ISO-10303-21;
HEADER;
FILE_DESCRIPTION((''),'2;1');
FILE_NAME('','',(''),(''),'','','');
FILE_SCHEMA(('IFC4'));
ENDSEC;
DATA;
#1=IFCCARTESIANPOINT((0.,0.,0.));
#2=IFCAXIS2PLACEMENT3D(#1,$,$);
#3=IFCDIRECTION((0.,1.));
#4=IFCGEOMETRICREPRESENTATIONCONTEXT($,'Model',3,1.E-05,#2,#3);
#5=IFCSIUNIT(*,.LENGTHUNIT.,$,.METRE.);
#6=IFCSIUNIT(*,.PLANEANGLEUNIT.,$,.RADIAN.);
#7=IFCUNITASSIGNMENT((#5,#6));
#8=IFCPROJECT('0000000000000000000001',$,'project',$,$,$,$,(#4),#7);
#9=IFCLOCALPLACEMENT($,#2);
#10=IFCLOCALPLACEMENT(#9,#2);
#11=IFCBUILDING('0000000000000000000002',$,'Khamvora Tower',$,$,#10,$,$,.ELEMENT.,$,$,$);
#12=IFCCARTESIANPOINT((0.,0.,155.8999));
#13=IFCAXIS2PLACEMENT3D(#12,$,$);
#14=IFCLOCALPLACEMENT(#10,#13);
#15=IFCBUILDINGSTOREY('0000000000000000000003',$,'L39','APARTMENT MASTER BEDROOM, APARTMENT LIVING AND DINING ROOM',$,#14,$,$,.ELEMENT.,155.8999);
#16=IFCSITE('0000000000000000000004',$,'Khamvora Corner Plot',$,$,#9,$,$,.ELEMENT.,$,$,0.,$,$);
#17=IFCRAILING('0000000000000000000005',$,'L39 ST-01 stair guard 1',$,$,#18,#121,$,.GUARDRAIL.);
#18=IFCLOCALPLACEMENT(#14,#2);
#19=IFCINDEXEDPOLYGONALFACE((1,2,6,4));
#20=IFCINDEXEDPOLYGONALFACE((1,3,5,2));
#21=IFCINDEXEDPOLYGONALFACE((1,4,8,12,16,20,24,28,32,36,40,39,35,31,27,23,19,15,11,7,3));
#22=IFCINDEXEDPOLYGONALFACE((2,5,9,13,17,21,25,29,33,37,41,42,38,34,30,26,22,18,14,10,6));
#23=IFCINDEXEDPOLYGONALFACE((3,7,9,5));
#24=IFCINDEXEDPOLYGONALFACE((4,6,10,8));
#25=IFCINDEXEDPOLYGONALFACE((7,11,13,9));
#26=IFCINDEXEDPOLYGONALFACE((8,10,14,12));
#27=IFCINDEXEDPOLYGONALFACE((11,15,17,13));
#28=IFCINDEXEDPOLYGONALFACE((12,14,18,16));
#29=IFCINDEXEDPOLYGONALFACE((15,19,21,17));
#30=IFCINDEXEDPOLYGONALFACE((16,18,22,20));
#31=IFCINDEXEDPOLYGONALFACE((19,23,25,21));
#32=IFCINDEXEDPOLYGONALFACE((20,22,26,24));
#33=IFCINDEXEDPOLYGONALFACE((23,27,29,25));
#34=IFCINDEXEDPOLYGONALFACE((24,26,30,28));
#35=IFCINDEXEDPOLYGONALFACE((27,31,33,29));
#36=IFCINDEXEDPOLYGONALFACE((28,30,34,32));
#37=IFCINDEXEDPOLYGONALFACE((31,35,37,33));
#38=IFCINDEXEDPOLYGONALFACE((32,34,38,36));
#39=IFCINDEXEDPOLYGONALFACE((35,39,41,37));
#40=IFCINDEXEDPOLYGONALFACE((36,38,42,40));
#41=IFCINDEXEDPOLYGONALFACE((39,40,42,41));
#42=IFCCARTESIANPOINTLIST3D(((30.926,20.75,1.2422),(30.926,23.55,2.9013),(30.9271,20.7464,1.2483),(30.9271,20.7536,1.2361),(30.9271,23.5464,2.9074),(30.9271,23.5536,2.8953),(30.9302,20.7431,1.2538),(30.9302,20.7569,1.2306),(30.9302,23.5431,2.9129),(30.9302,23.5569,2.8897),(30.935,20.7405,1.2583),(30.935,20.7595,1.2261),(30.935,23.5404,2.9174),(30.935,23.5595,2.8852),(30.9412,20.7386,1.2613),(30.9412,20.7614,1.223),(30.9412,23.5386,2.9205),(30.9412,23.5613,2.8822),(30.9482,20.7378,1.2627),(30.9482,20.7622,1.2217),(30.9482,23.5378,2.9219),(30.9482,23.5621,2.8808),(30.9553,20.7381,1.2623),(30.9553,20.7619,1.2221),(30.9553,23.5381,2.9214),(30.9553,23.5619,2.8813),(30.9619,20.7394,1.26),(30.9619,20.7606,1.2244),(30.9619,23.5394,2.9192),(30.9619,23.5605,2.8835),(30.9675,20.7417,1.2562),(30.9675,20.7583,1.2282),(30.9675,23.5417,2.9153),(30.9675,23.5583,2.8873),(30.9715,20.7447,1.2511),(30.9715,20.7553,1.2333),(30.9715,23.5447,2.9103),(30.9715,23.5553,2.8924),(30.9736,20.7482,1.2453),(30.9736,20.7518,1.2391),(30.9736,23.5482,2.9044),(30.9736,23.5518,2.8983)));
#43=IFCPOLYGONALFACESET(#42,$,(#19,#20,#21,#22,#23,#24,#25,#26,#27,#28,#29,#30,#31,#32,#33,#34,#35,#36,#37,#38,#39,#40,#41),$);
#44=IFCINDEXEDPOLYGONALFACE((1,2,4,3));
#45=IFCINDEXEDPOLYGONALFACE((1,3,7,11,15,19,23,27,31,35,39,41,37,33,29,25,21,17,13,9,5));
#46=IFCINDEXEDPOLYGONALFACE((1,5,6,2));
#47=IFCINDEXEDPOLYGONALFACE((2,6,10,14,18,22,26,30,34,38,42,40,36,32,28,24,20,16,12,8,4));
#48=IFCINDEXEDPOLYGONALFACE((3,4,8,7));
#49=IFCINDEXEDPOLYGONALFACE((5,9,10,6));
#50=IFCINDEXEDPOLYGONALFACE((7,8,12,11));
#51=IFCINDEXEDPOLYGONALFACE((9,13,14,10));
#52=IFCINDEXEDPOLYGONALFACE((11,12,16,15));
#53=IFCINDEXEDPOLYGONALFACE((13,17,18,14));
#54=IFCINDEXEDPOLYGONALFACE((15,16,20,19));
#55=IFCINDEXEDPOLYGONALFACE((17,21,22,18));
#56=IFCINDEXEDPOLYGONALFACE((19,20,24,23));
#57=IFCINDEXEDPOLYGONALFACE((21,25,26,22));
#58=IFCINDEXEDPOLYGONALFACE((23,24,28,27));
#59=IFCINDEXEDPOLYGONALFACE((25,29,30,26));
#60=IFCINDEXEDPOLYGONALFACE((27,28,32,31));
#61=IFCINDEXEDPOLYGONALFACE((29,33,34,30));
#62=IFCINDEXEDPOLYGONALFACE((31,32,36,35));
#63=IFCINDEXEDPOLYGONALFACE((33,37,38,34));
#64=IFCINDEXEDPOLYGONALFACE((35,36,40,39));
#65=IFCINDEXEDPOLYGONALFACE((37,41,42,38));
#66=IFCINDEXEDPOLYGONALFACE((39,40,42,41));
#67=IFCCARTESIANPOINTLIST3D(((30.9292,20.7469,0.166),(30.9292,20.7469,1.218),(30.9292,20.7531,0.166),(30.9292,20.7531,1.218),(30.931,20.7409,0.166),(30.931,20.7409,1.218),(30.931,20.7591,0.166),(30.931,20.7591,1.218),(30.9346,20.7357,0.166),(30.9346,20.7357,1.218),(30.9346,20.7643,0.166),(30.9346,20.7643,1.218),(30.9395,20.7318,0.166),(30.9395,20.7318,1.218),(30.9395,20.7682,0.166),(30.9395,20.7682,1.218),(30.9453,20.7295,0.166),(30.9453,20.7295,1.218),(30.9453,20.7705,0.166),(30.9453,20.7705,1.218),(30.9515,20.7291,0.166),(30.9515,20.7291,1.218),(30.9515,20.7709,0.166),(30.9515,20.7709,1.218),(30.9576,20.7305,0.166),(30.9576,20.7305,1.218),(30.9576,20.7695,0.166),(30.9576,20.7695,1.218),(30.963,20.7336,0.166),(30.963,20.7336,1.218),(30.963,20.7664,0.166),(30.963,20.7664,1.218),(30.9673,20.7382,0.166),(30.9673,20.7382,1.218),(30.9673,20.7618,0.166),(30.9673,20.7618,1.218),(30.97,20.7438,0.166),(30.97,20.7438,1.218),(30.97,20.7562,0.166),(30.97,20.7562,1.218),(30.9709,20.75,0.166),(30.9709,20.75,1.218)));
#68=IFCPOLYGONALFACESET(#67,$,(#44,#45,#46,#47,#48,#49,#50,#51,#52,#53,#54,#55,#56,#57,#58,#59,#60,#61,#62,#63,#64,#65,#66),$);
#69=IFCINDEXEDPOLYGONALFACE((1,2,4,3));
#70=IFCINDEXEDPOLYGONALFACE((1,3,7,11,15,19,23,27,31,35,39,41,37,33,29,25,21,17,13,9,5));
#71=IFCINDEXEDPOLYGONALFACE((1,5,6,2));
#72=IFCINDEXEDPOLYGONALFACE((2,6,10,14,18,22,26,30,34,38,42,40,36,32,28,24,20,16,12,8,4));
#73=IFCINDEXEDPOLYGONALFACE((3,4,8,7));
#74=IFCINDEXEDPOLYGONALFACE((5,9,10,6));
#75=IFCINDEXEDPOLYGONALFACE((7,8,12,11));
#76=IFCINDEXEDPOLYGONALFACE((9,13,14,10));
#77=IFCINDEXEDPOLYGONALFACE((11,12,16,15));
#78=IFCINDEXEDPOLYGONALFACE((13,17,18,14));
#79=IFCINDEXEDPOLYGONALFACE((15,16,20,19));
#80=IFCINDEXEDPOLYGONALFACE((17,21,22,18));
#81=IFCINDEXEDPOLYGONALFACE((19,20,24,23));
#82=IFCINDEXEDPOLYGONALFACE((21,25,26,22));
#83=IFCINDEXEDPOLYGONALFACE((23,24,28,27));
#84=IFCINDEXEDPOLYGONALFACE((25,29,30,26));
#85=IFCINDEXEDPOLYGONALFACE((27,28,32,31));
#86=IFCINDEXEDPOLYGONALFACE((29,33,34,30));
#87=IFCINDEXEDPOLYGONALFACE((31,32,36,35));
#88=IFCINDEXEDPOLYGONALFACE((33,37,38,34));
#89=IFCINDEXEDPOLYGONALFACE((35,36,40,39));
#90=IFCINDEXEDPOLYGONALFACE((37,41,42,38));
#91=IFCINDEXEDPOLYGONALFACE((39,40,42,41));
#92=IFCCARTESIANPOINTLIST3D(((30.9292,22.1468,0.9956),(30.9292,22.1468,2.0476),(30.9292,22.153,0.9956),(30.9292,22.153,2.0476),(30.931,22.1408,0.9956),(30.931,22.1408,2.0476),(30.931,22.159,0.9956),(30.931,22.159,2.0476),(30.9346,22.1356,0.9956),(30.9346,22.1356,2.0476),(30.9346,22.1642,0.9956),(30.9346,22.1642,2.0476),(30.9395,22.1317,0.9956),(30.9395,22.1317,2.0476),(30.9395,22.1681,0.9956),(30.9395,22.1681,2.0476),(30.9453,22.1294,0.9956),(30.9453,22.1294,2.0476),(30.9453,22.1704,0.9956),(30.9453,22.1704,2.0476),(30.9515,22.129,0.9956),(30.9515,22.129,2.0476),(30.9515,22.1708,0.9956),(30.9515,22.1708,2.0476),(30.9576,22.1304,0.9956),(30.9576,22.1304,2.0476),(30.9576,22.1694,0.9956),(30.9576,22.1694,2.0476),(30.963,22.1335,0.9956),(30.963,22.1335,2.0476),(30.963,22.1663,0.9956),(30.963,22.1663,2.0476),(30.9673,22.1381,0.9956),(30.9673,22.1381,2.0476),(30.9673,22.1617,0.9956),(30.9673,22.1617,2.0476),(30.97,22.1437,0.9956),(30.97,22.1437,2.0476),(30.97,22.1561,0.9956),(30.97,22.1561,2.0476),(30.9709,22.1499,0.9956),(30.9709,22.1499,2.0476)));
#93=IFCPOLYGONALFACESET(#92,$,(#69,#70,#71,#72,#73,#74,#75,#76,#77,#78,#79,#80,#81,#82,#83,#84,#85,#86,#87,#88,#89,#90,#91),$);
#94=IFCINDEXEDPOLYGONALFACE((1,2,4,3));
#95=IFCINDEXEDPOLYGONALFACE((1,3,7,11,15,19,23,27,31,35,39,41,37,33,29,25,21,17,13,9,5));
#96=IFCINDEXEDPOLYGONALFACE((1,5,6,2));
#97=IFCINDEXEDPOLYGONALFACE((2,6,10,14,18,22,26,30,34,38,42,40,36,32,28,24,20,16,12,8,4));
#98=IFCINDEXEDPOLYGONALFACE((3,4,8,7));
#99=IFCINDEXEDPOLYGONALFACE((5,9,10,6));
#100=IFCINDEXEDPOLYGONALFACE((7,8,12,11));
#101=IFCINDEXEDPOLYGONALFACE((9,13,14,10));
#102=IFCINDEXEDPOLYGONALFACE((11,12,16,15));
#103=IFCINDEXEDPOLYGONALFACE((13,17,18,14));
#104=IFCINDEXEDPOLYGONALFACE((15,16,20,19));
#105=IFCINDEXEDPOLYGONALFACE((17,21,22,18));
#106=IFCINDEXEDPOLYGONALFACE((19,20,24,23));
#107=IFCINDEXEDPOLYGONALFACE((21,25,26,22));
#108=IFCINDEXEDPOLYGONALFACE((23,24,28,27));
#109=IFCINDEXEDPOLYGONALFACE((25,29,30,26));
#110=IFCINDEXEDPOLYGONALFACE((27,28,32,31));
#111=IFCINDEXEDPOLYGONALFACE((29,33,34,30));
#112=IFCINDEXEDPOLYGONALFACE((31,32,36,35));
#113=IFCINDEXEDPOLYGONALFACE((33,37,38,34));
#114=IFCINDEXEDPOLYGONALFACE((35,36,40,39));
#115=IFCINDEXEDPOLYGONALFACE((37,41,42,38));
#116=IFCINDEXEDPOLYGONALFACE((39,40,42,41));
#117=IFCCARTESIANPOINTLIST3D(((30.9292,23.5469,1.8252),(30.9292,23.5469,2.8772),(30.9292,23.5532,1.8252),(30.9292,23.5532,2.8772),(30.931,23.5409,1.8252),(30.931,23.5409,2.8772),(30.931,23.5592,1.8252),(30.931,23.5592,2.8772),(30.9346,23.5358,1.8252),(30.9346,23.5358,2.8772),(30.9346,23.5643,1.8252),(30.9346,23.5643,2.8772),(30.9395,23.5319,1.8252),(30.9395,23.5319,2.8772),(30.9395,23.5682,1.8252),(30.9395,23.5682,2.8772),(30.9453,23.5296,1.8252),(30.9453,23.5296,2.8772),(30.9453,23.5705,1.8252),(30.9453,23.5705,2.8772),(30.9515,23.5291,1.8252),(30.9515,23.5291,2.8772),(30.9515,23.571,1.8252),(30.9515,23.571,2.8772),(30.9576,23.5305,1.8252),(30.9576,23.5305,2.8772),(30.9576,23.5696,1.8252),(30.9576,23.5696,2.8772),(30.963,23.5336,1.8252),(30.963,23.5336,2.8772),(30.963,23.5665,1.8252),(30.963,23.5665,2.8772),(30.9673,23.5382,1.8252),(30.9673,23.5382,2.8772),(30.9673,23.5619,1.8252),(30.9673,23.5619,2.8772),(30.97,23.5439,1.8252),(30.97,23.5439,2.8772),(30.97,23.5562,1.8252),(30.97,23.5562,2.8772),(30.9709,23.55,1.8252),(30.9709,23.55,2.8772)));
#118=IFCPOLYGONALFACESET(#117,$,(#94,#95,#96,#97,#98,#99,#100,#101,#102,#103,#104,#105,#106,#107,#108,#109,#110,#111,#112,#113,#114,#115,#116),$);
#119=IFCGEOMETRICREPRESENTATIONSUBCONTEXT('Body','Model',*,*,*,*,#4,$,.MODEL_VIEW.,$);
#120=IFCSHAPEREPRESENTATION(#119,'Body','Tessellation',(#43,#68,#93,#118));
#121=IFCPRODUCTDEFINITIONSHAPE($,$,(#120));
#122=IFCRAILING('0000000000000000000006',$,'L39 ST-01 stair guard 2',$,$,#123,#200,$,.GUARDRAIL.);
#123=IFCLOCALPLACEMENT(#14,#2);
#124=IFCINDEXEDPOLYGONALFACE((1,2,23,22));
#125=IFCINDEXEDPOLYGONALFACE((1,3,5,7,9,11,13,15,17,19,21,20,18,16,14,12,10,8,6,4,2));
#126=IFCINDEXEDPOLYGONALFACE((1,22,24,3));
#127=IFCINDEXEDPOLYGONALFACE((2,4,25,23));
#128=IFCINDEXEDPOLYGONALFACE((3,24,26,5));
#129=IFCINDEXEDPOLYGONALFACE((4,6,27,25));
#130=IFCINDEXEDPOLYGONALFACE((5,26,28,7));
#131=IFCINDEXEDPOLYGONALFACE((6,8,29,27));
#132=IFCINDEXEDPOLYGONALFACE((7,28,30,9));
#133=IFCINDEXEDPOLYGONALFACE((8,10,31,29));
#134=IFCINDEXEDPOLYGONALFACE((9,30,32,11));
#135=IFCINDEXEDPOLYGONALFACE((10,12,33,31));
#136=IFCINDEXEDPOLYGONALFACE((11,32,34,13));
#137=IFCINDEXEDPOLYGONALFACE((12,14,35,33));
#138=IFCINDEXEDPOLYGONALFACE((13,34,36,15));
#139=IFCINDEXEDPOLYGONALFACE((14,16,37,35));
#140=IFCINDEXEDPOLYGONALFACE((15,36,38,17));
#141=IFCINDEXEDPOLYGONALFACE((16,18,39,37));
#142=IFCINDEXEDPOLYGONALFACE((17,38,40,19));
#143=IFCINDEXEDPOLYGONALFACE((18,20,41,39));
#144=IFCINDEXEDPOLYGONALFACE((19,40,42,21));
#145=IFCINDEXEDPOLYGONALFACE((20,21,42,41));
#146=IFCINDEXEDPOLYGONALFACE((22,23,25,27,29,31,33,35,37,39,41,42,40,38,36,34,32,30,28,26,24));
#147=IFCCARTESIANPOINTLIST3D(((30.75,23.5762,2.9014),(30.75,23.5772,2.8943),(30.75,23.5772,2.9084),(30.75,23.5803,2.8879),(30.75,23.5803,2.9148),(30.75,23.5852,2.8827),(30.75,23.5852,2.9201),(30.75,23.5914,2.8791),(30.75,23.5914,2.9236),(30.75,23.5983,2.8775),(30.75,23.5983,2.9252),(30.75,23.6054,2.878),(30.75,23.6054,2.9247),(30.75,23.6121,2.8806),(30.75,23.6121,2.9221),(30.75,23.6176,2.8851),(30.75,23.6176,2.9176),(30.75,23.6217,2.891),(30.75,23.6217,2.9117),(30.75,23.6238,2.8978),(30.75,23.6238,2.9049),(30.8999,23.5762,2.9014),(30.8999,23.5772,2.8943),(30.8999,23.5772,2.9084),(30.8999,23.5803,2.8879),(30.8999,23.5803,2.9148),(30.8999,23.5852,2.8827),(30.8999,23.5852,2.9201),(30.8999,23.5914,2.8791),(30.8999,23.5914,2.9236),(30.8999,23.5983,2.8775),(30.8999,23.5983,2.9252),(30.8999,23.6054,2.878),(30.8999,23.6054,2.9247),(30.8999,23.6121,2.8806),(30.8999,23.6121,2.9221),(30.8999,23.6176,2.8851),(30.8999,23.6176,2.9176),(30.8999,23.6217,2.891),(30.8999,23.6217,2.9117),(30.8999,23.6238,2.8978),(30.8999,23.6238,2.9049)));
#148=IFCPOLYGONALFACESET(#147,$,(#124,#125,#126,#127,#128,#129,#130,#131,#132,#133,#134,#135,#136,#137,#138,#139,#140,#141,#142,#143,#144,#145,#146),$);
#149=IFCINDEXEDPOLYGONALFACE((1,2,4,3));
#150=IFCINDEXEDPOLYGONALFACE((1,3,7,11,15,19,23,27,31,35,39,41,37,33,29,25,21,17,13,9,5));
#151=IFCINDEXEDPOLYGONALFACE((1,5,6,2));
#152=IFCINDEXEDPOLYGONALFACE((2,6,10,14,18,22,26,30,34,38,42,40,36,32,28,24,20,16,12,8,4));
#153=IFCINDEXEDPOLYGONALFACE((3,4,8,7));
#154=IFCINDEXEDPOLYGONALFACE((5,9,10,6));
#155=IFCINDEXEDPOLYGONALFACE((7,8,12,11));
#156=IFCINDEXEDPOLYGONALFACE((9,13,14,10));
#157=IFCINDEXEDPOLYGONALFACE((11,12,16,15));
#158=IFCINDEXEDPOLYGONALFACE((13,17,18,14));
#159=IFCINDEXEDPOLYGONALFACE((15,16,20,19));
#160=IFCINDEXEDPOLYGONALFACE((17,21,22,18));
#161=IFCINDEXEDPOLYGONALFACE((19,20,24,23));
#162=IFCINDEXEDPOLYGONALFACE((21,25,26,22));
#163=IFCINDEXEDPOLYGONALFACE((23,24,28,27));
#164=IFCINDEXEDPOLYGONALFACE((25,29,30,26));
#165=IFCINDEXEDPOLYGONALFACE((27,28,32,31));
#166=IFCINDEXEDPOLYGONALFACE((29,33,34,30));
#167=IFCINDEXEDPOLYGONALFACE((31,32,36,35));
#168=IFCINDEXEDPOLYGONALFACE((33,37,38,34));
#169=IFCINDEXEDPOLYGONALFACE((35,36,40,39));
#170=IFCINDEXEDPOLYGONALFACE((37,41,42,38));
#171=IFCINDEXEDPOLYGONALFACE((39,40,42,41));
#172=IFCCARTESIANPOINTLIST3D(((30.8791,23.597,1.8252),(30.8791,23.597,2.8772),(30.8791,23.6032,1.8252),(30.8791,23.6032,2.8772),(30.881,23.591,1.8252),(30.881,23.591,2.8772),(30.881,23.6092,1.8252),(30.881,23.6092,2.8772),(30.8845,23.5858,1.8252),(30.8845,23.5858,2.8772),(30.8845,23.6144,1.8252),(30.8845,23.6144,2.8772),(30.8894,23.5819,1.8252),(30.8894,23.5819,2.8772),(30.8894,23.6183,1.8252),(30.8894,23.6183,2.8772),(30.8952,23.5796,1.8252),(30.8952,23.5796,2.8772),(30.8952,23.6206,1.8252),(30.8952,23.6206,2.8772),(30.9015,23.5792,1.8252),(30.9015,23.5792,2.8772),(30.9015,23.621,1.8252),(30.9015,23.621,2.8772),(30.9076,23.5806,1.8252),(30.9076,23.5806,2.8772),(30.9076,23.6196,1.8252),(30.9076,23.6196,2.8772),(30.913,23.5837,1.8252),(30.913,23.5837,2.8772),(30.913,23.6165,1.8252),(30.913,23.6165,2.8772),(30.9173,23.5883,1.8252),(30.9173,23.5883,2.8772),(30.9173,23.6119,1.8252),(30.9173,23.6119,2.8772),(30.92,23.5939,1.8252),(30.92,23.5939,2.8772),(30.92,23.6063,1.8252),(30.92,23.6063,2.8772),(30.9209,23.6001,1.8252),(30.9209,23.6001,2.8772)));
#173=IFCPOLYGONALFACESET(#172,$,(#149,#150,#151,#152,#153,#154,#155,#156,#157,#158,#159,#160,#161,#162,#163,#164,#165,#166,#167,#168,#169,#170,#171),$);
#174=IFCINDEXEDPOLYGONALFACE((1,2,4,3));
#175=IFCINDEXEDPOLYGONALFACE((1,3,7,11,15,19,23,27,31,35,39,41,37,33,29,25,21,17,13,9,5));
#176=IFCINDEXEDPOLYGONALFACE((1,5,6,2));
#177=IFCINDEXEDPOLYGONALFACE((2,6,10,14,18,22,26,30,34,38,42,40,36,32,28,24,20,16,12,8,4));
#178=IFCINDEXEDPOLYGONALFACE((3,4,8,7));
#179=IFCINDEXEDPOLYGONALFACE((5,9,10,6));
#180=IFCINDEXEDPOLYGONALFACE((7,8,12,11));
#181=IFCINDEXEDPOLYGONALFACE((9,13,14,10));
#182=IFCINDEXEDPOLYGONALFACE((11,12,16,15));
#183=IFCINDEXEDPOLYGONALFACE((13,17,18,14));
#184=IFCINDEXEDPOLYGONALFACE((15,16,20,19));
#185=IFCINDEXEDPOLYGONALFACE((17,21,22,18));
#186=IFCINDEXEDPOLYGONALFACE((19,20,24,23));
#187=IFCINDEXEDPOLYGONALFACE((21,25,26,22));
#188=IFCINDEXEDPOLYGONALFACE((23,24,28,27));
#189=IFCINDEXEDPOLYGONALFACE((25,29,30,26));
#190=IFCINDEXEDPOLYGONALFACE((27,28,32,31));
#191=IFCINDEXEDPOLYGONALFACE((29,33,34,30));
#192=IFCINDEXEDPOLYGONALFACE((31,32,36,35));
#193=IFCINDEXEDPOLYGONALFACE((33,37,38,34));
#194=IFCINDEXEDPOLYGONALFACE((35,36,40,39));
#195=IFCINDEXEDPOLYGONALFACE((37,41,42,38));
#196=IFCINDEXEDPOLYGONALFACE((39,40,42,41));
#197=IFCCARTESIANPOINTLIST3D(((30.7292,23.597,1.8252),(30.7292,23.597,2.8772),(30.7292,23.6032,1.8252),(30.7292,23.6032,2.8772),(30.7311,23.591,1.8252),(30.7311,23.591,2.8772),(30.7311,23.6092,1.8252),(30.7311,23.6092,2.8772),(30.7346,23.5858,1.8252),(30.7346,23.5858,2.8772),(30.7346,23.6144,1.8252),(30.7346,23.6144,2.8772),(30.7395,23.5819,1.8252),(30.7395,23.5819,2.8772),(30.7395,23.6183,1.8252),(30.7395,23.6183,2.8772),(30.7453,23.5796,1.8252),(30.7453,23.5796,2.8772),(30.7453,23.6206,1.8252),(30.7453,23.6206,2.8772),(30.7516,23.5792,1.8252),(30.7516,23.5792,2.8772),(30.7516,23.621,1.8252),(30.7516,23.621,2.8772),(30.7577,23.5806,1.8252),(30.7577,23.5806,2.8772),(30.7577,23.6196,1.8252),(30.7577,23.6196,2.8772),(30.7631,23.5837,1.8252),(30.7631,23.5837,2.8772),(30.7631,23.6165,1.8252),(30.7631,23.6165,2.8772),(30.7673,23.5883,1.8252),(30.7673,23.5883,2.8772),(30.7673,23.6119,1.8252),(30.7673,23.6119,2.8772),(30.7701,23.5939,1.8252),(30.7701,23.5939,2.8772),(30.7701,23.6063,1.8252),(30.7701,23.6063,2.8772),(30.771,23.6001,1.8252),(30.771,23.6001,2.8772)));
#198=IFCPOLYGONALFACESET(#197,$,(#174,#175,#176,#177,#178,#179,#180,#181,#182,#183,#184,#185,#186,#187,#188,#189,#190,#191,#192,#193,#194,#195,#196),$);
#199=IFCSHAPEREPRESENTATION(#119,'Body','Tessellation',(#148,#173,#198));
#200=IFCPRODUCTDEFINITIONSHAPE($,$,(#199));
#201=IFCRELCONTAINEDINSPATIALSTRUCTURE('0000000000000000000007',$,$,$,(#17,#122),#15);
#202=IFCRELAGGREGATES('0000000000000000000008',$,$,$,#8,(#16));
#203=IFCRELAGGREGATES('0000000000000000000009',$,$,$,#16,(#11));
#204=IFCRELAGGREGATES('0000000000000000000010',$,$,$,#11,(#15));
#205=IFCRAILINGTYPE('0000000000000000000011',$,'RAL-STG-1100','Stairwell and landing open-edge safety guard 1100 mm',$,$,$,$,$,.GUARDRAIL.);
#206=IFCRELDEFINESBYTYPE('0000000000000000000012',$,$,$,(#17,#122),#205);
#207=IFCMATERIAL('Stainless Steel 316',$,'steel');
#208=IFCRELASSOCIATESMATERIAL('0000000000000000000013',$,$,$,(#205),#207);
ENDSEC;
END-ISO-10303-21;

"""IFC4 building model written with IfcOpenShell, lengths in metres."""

from ifc_helpers import new_model, si_unit, direction, frame, origin, origin_2d, place, context, subcontext, project, spatial, circle, extrude, material, type_object, element, save


model = new_model("IFC4")

# Units and contexts
model_context = context("Model", 3, precision=1e-05, world=origin(), true_north=direction((0.0, 1.0)))
body_context = subcontext(model_context, "Body", "Model", "MODEL_VIEW")
ifc_project = project(units=[si_unit("LENGTHUNIT", "METRE"), si_unit("PLANEANGLEUNIT", "RADIAN")], contexts=[model_context])

# Site, building, storey
site_placement = place(None, origin())
site = spatial("IfcSite", under=ifc_project, at=site_placement, Name="Khamvora Corner Plot", CompositionType="ELEMENT", RefElevation=0.0)
building_placement = place(site_placement, origin())
building = spatial("IfcBuilding", under=site, at=building_placement, Name="Khamvora Tower", CompositionType="ELEMENT")
storey_placement = place(building_placement, frame((0.0, 0.0, 155.8999)))
storey = spatial("IfcBuildingStorey", under=building, at=storey_placement, Name="L39", Description="APARTMENT MASTER BEDROOM, APARTMENT LIVING AND DINING ROOM", CompositionType="ELEMENT", Elevation=155.8999)

# Railings
ifc_material_1 = material(Name="Stainless Steel 316", Category="steel")
railing_type_1 = type_object("IfcRailingType", Name="RAL-STG-1100", Description="Stairwell and landing open-edge safety guard 1100 mm", PredefinedType="GUARDRAIL", material=ifc_material_1)
railing_1_placement = place(storey_placement, frame((30.95, 20.75, 0.166)))
element("IfcRailing", 1, at=railing_1_placement, inside=storey, type_object=railing_type_1, Name="L39 ST-01 stair guard 1", PredefinedType="GUARDRAIL", context=body_context, shape_type="SweptSolid", body=[
    extrude(circle(Radius=0.0239, at=origin_2d()), frame((0.0, 0.0, 1.0762), z_axis=(0.0, 0.860306, 0.509778), x_axis=(-1.0, 0.0, 0.0)), (0.0, 0.0, 1.0), 3.2546),
    extrude(circle(Radius=0.021, at=origin_2d()), origin(), (0.0, 0.0, 1.0), 1.052),
    extrude(circle(Radius=0.021, at=origin_2d()), frame((0.0, 1.3999, 0.8296)), (0.0, 0.0, 1.0), 1.052),
    extrude(circle(Radius=0.021, at=origin_2d()), frame((0.0, 2.8, 1.6592)), (0.0, 0.0, 1.0), 1.052),
])
railing_2_placement = place(storey_placement, frame((30.8999, 23.6001, 1.8252)))
element("IfcRailing", 2, at=railing_2_placement, inside=storey, type_object=railing_type_1, Name="L39 ST-01 stair guard 2", PredefinedType="GUARDRAIL", context=body_context, shape_type="SweptSolid", body=[
    extrude(circle(Radius=0.0239, at=origin_2d()), frame((0.0, 0.0, 1.0762), z_axis=(-1.0, 0.0, 0.0), x_axis=(0.0, -1.0, 0.0)), (0.0, 0.0, 1.0), 0.1499),
    extrude(circle(Radius=0.021, at=origin_2d()), origin(), (0.0, 0.0, 1.0), 1.052),
    extrude(circle(Radius=0.021, at=origin_2d()), frame((-0.1499, 0.0, 0.0)), (0.0, 0.0, 1.0), 1.052),
])

save(model, "model.ifc")
